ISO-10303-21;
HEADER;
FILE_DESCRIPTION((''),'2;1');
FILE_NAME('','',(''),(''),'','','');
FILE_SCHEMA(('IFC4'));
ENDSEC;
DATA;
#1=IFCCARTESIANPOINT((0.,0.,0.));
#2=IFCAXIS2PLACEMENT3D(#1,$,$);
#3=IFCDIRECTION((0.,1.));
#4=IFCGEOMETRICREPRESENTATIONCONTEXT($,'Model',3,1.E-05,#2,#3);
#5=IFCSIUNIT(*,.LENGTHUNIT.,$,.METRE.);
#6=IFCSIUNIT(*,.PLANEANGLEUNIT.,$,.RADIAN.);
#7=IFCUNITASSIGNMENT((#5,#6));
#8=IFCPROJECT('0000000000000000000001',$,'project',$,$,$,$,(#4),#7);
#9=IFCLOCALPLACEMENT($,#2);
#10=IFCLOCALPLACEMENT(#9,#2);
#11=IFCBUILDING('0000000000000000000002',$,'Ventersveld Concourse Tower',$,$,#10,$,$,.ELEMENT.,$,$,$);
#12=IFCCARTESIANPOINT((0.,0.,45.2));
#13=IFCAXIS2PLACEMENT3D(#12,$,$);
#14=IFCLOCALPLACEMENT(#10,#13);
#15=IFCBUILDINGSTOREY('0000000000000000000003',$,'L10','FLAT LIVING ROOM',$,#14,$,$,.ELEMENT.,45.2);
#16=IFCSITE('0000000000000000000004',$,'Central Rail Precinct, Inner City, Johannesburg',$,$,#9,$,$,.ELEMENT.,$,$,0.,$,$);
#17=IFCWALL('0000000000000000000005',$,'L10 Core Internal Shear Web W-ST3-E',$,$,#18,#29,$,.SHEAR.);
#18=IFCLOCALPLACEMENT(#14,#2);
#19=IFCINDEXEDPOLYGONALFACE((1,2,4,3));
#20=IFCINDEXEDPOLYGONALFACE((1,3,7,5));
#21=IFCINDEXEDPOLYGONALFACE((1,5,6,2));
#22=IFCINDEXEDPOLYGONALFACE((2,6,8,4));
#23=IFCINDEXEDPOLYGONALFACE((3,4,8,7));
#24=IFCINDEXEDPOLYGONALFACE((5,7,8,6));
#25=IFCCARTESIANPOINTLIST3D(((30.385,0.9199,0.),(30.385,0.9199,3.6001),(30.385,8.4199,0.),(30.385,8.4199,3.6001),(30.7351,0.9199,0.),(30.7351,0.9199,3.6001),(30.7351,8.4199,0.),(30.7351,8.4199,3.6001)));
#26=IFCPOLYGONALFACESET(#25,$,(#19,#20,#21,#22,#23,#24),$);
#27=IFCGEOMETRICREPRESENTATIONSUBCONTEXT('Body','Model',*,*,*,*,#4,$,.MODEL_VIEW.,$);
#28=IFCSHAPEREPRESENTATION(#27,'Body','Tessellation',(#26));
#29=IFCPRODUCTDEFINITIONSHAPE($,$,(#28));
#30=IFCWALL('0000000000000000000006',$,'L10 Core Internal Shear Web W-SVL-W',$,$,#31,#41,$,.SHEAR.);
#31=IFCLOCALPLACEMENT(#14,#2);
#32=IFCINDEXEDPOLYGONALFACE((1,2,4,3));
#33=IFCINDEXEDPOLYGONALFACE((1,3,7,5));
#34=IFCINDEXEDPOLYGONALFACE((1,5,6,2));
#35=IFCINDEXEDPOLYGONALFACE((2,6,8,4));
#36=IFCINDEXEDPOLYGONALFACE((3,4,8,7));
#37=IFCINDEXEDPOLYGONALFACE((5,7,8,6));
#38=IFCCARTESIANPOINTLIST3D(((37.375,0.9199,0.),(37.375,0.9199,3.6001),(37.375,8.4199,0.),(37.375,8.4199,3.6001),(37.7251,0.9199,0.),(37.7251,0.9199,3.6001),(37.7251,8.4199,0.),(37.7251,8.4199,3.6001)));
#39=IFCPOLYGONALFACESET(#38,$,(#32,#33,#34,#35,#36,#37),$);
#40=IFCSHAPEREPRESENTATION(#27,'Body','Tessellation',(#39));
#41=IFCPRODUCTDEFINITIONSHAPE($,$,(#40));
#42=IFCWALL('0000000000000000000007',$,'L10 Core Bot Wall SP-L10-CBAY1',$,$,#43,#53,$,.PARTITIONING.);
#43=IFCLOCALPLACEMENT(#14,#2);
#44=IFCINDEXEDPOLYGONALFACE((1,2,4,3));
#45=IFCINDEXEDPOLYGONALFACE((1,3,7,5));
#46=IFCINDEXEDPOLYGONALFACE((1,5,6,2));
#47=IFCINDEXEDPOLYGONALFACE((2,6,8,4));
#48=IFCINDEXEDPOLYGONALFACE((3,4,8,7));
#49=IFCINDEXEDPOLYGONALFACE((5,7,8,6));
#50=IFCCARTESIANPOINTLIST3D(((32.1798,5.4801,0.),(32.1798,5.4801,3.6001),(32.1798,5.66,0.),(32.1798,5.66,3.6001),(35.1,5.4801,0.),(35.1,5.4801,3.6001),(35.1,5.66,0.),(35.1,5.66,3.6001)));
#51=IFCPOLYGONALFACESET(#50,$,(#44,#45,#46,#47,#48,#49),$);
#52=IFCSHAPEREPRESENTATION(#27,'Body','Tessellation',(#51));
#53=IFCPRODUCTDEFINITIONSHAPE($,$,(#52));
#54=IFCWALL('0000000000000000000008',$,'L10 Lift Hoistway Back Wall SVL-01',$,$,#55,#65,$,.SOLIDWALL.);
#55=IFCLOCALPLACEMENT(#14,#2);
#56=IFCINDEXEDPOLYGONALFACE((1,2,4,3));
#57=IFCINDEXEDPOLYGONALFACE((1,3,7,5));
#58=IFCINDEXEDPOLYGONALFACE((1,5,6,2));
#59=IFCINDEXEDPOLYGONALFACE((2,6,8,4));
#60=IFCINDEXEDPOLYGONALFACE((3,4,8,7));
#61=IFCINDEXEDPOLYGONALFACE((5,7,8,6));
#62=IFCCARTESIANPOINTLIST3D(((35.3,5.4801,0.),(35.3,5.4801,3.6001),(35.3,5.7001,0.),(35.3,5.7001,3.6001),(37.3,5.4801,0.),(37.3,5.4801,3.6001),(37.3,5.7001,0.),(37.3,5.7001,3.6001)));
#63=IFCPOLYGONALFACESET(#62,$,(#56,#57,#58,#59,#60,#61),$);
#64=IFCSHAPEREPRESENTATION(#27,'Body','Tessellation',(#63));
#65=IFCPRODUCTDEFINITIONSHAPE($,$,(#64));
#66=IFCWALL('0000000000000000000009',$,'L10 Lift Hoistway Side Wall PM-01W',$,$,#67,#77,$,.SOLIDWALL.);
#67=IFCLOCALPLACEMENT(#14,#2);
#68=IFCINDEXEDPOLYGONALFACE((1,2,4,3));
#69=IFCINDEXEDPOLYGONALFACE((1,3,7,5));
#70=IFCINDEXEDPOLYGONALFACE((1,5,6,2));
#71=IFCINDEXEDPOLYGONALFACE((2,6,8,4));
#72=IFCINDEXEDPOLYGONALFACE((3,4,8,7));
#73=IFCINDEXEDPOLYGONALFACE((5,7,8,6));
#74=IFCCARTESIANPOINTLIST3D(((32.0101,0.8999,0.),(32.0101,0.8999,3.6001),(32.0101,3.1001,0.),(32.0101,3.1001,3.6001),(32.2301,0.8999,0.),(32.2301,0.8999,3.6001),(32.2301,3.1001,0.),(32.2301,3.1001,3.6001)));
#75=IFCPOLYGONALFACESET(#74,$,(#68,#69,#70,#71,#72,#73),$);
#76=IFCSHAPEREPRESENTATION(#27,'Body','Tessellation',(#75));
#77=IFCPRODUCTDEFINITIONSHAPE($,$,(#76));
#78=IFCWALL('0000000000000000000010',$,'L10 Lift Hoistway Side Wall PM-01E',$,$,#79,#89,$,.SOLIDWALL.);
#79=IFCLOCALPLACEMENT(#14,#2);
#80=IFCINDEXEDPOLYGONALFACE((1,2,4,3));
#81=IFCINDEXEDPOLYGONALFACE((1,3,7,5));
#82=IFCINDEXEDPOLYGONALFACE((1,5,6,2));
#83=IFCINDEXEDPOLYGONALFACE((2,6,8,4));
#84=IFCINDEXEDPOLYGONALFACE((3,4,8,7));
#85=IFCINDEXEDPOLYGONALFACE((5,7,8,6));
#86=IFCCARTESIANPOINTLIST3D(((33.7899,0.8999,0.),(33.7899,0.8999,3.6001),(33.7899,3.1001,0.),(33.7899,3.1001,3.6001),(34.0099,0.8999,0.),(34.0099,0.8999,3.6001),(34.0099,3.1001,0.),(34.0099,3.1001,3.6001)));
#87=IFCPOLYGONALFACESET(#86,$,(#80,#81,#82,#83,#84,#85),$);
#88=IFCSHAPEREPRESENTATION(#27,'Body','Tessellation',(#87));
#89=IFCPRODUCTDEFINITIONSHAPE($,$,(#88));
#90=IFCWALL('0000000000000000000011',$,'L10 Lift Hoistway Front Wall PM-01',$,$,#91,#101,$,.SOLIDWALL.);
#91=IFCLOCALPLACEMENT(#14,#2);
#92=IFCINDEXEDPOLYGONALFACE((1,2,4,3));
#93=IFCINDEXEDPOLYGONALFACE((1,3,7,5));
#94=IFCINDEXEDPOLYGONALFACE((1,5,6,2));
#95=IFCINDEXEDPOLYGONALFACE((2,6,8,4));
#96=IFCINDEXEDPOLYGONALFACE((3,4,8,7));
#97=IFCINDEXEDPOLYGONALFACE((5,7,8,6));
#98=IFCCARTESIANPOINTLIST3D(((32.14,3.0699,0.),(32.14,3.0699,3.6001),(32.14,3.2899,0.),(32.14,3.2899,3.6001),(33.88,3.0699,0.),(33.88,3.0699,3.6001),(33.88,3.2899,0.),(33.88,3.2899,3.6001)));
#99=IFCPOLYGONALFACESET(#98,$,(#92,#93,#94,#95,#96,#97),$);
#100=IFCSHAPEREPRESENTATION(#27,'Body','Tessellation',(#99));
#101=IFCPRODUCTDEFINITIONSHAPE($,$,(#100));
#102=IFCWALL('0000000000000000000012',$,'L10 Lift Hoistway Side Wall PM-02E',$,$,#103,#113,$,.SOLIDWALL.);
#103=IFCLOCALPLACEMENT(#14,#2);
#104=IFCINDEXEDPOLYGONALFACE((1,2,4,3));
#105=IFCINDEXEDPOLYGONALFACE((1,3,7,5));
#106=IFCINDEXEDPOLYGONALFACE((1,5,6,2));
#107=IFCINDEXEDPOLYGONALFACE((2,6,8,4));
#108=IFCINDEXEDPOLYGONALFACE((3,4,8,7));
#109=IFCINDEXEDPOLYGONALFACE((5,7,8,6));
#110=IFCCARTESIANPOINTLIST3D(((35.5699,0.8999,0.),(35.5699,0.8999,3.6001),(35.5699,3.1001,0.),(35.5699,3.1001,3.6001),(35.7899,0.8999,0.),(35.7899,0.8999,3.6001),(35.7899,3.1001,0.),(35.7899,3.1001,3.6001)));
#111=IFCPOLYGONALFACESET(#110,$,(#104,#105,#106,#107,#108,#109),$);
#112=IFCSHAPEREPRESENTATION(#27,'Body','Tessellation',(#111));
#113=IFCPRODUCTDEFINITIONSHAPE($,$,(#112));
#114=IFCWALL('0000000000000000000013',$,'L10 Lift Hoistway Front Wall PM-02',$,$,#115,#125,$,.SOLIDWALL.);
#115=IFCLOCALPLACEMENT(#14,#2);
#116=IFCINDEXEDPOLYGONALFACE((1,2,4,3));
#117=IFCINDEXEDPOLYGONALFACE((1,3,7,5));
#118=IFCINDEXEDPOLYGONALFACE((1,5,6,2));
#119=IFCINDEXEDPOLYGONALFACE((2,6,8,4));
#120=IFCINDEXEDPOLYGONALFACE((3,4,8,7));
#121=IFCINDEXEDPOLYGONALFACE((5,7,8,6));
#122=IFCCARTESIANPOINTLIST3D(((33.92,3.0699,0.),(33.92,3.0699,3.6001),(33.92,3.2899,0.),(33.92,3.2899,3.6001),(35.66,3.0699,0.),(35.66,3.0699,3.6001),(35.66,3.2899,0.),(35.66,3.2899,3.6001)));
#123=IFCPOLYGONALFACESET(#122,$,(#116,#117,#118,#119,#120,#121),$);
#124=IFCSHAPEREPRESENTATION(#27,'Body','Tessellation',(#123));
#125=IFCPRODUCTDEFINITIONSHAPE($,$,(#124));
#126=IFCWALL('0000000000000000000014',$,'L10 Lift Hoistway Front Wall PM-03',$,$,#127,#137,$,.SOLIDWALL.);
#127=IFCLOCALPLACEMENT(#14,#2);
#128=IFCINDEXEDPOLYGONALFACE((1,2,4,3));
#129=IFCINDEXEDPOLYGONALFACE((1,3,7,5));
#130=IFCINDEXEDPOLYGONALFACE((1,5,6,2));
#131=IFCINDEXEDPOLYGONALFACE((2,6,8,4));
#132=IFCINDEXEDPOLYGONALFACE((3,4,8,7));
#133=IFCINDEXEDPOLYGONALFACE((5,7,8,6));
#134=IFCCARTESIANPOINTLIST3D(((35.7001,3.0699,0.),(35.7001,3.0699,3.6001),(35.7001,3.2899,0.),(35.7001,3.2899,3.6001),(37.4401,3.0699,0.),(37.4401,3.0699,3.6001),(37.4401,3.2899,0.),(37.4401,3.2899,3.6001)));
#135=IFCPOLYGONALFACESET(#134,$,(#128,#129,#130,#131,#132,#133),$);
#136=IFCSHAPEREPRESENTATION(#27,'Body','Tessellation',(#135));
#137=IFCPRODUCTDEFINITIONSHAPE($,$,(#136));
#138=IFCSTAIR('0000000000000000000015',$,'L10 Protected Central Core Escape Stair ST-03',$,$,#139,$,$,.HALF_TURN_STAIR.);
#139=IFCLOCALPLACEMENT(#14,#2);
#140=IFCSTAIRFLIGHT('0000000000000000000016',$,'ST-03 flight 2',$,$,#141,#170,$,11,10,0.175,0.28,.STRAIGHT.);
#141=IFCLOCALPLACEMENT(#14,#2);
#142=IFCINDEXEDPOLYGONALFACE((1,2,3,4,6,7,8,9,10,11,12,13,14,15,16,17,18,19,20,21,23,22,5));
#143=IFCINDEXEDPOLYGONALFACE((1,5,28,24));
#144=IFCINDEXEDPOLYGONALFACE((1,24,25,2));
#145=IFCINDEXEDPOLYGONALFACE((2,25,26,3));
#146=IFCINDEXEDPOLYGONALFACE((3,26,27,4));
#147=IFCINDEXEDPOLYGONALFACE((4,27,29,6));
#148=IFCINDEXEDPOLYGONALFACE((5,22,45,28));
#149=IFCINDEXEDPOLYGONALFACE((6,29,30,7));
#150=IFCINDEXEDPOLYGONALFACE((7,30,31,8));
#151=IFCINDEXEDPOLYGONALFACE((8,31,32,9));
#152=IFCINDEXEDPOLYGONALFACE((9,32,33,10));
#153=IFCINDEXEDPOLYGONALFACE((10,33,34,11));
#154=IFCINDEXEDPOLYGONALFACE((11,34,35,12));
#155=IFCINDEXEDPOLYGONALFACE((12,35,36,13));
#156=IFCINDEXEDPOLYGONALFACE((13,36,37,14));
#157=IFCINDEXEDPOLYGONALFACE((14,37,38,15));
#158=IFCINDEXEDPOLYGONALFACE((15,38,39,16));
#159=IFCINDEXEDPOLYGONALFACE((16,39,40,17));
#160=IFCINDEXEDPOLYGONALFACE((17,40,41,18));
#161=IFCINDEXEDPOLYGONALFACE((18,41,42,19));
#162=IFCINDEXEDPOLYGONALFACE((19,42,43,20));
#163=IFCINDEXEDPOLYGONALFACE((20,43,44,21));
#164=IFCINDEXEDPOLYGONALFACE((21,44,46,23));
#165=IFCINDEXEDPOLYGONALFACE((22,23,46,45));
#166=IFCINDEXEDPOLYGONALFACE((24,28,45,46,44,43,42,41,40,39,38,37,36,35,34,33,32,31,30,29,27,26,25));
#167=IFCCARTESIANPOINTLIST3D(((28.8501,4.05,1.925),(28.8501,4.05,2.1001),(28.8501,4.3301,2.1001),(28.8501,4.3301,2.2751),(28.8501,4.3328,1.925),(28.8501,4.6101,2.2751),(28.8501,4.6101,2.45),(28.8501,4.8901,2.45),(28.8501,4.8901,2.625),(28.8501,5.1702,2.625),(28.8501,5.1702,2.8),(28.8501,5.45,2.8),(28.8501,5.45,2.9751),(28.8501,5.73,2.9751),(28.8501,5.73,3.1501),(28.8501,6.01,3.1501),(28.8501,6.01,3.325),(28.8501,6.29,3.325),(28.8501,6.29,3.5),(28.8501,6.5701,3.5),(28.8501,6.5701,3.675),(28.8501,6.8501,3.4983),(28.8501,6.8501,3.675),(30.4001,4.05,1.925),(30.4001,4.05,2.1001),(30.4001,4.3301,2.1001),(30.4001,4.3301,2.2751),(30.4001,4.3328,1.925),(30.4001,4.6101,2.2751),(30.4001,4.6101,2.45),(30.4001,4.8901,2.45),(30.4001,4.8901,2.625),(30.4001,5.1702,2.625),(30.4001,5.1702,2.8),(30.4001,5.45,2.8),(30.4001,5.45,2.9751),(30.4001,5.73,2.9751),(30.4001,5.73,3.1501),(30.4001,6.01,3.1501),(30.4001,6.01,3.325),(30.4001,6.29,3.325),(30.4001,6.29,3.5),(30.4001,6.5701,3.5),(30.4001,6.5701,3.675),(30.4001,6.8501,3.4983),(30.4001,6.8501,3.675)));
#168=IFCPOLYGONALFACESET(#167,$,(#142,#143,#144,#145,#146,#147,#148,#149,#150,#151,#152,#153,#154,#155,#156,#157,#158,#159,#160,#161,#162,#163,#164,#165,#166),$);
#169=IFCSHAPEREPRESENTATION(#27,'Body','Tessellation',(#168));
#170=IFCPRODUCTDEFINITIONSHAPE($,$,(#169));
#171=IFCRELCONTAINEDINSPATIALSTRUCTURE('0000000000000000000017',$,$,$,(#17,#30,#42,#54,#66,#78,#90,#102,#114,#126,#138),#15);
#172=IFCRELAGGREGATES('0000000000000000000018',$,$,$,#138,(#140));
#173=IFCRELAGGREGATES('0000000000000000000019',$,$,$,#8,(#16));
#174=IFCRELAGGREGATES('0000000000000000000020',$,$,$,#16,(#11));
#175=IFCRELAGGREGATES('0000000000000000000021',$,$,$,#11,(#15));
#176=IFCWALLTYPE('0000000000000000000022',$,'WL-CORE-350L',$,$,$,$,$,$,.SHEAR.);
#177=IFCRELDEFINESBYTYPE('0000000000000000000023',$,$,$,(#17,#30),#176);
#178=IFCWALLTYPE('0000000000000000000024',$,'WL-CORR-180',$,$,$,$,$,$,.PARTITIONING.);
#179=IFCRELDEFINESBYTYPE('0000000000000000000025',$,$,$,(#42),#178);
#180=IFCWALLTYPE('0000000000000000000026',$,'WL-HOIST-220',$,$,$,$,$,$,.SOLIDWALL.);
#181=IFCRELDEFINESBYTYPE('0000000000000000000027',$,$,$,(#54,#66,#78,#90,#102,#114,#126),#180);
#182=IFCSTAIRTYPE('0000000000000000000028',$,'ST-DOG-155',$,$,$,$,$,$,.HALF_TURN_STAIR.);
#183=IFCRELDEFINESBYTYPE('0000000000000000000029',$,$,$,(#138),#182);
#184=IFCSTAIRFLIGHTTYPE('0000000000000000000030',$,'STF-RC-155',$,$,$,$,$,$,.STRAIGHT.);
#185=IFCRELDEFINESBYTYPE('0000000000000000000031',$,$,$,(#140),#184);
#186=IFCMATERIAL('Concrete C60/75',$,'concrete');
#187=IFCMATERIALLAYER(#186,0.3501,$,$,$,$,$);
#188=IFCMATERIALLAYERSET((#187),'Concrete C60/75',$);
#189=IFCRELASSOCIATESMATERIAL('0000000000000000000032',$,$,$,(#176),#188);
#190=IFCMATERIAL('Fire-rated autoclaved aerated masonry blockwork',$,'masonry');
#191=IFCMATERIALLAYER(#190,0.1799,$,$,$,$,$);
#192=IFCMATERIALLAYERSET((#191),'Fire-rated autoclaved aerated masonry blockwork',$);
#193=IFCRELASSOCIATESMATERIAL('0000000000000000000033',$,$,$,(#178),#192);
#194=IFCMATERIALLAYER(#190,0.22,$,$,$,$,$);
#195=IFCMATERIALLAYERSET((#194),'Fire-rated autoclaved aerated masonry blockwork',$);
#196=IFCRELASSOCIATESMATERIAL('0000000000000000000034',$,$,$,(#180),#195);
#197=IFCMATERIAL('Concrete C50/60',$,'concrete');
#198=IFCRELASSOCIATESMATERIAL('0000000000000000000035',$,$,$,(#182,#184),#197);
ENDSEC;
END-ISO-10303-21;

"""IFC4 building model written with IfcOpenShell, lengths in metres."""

from ifc_helpers import new_model, si_unit, direction, frame, frame_2d, origin, place, context, subcontext, project, spatial, polyline, rectangle, outline, extrude, material, layer, layer_set, type_object, element, aggregate, save


model = new_model("IFC4")

# Units and contexts
model_context = context("Model", 3, precision=1e-05, world=origin(), true_north=direction((0.0, 1.0)))
body_context = subcontext(model_context, "Body", "Model", "MODEL_VIEW")
ifc_project = project(units=[si_unit("LENGTHUNIT", "METRE"), si_unit("PLANEANGLEUNIT", "RADIAN")], contexts=[model_context])

# Site, building, storey
site_placement = place(None, origin())
site = spatial("IfcSite", under=ifc_project, at=site_placement, Name="Central Rail Precinct, Inner City, Johannesburg", CompositionType="ELEMENT", RefElevation=0.0)
building_placement = place(site_placement, origin())
building = spatial("IfcBuilding", under=site, at=building_placement, Name="Ventersveld Concourse Tower", CompositionType="ELEMENT")
storey_placement = place(building_placement, frame((0.0, 0.0, 45.2)))
storey = spatial("IfcBuildingStorey", under=building, at=storey_placement, Name="L10", Description="FLAT LIVING ROOM", CompositionType="ELEMENT", Elevation=45.2)

# Shared definitions
ifc_material_1 = material(Name="Concrete C50/60", Category="concrete")

# Walls
ifc_material_2 = material(Name="Concrete C60/75", Category="concrete")
ifc_layer_1 = layer(ifc_material_2, 0.3501)
ifc_layer_set_1 = layer_set([ifc_layer_1], Name="Concrete C60/75")
wall_type_1 = type_object("IfcWallType", Name="WL-CORE-350L", PredefinedType="SHEAR", material=ifc_layer_set_1)
for number, where, z_axis, x_axis, name in (
    (1, (30.5601, 0.9199, 0.0), (0.0, 0.0, 1.0), (0.0, 1.0, 0.0), "L10 Core Internal Shear Web W-ST3-E"),
    (2, (37.55, 0.9199, 0.0), (0.0, 0.0, 1.0), (0.0, 1.0, 0.0), "L10 Core Internal Shear Web W-SVL-W"),
):
    element("IfcWall", number, at=place(storey_placement, frame(where, z_axis=z_axis, x_axis=x_axis)), inside=storey, type_object=wall_type_1, Name=name, PredefinedType="SHEAR", context=body_context, shape_type="SweptSolid", body=[
        extrude(rectangle(XDim=7.5, YDim=0.3501, at=frame_2d((3.75, 0.0))), origin(), (0.0, 0.0, 1.0), 3.6001),
    ])
ifc_material_3 = material(Name="Fire-rated autoclaved aerated masonry blockwork", Category="masonry")
ifc_layer_2 = layer(ifc_material_3, 0.1799)
ifc_layer_set_2 = layer_set([ifc_layer_2], Name="Fire-rated autoclaved aerated masonry blockwork")
wall_type_2 = type_object("IfcWallType", Name="WL-CORR-180", PredefinedType="PARTITIONING", material=ifc_layer_set_2)
wall_1_placement = place(storey_placement, frame((32.1799, 5.5701, 0.0), z_axis=(0.0, 0.0, 1.0), x_axis=(1.0, 0.0, 0.0)))
element("IfcWall", 3, at=wall_1_placement, inside=storey, type_object=wall_type_2, Name="L10 Core Bot Wall SP-L10-CBAY1", PredefinedType="PARTITIONING", context=body_context, shape_type="SweptSolid", body=[
    extrude(rectangle(XDim=2.9202, YDim=0.1799, at=frame_2d((1.46, 0.0))), origin(), (0.0, 0.0, 1.0), 3.6001),
])
ifc_layer_3 = layer(ifc_material_3, 0.22)
ifc_layer_set_3 = layer_set([ifc_layer_3], Name="Fire-rated autoclaved aerated masonry blockwork")
wall_type_3 = type_object("IfcWallType", Name="WL-HOIST-220", PredefinedType="SOLIDWALL", material=ifc_layer_set_3)
wall_2_placement = place(storey_placement, frame((35.3, 5.5901, 0.0), z_axis=(0.0, 0.0, 1.0), x_axis=(1.0, 0.0, 0.0)))
element("IfcWall", 4, at=wall_2_placement, inside=storey, type_object=wall_type_3, Name="L10 Lift Hoistway Back Wall SVL-01", PredefinedType="SOLIDWALL", context=body_context, shape_type="SweptSolid", body=[
    extrude(rectangle(XDim=2.0, YDim=0.22, at=frame_2d((1.0, 0.0))), origin(), (0.0, 0.0, 1.0), 3.6001),
])
for number, where, z_axis, x_axis, name in (
    (5, (32.1201, 0.8999, 0.0), (0.0, 0.0, 1.0), (0.0, 1.0, 0.0), "L10 Lift Hoistway Side Wall PM-01W"),
    (6, (33.8999, 0.8999, 0.0), (0.0, 0.0, 1.0), (0.0, 1.0, 0.0), "L10 Lift Hoistway Side Wall PM-01E"),
):
    element("IfcWall", number, at=place(storey_placement, frame(where, z_axis=z_axis, x_axis=x_axis)), inside=storey, type_object=wall_type_3, Name=name, PredefinedType="SOLIDWALL", context=body_context, shape_type="SweptSolid", body=[
        extrude(rectangle(XDim=2.2002, YDim=0.22, at=frame_2d((1.1001, 0.0))), origin(), (0.0, 0.0, 1.0), 3.6001),
    ])
wall_3_placement = place(storey_placement, frame((32.1399, 3.1799, 0.0), z_axis=(0.0, 0.0, 1.0), x_axis=(1.0, 0.0, 0.0)))
element("IfcWall", 7, at=wall_3_placement, inside=storey, type_object=wall_type_3, Name="L10 Lift Hoistway Front Wall PM-01", PredefinedType="SOLIDWALL", context=body_context, shape_type="SweptSolid", body=[
    extrude(rectangle(XDim=1.74, YDim=0.22, at=frame_2d((0.8701, 0.0))), origin(), (0.0, 0.0, 1.0), 3.6001),
])
wall_4_placement = place(storey_placement, frame((35.6799, 0.8999, 0.0), z_axis=(0.0, 0.0, 1.0), x_axis=(0.0, 1.0, 0.0)))
element("IfcWall", 8, at=wall_4_placement, inside=storey, type_object=wall_type_3, Name="L10 Lift Hoistway Side Wall PM-02E", PredefinedType="SOLIDWALL", context=body_context, shape_type="SweptSolid", body=[
    extrude(rectangle(XDim=2.2002, YDim=0.22, at=frame_2d((1.1001, 0.0))), origin(), (0.0, 0.0, 1.0), 3.6001),
])
for number, where, z_axis, x_axis, name in (
    (9, (33.9199, 3.1799, 0.0), (0.0, 0.0, 1.0), (1.0, 0.0, 0.0), "L10 Lift Hoistway Front Wall PM-02"),
    (10, (35.7, 3.1799, 0.0), (0.0, 0.0, 1.0), (1.0, 0.0, 0.0), "L10 Lift Hoistway Front Wall PM-03"),
):
    element("IfcWall", number, at=place(storey_placement, frame(where, z_axis=z_axis, x_axis=x_axis)), inside=storey, type_object=wall_type_3, Name=name, PredefinedType="SOLIDWALL", context=body_context, shape_type="SweptSolid", body=[
        extrude(rectangle(XDim=1.74, YDim=0.22, at=frame_2d((0.8701, 0.0))), origin(), (0.0, 0.0, 1.0), 3.6001),
    ])

# Stair, stair flight
stair_type = type_object("IfcStairType", Name="ST-DOG-155", PredefinedType="HALF_TURN_STAIR", material=ifc_material_1)
stair_placement = place(storey_placement, origin())
stair = element("IfcStair", 11, at=stair_placement, inside=storey, type_object=stair_type, Name="L10 Protected Central Core Escape Stair ST-03", PredefinedType="HALF_TURN_STAIR")
stair_flight_type = type_object("IfcStairFlightType", Name="STF-RC-155", PredefinedType="STRAIGHT", material=ifc_material_1)
stair_flight_placement = place(storey_placement, frame((29.625, 4.05, 1.925), z_axis=(0.0, 0.0, 1.0), x_axis=(0.0, 1.0, 0.0)))
stair_flight = element("IfcStairFlight", 12, at=stair_flight_placement, type_object=stair_flight_type, Name="ST-03 flight 2", NumberOfRisers=11, NumberOfTreads=10, PredefinedType="STRAIGHT", RiserHeight=0.175, TreadLength=0.28, context=body_context, shape_type="SweptSolid", body=[
    extrude(outline(polyline([(0.0, 0.0), (0.0, 0.175), (0.28, 0.175), (0.28, 0.3501), (0.5601, 0.3501), (0.5601, 0.5249), (0.8401, 0.5249), (0.8401, 0.7), (1.1201, 0.7), (1.1201, 0.875), (1.3999, 0.875), (1.3999, 1.05), (1.6799, 1.05), (1.6799, 1.2251), (1.96, 1.2251), (1.96, 1.3999), (2.24, 1.3999), (2.24, 1.575), (2.52, 1.575), (2.52, 1.75), (2.8, 1.75), (2.8, 1.925), (2.8, 1.5732), (0.2827, 0.0), (0.0, 0.0)])), frame((0.0, 0.7749, 0.0), z_axis=(0.0, -1.0, 0.0), x_axis=(1.0, 0.0, 0.0)), (0.0, 0.0, 1.0), 1.55),
])
aggregate(stair, [stair_flight])

save(model, "model.ifc")
